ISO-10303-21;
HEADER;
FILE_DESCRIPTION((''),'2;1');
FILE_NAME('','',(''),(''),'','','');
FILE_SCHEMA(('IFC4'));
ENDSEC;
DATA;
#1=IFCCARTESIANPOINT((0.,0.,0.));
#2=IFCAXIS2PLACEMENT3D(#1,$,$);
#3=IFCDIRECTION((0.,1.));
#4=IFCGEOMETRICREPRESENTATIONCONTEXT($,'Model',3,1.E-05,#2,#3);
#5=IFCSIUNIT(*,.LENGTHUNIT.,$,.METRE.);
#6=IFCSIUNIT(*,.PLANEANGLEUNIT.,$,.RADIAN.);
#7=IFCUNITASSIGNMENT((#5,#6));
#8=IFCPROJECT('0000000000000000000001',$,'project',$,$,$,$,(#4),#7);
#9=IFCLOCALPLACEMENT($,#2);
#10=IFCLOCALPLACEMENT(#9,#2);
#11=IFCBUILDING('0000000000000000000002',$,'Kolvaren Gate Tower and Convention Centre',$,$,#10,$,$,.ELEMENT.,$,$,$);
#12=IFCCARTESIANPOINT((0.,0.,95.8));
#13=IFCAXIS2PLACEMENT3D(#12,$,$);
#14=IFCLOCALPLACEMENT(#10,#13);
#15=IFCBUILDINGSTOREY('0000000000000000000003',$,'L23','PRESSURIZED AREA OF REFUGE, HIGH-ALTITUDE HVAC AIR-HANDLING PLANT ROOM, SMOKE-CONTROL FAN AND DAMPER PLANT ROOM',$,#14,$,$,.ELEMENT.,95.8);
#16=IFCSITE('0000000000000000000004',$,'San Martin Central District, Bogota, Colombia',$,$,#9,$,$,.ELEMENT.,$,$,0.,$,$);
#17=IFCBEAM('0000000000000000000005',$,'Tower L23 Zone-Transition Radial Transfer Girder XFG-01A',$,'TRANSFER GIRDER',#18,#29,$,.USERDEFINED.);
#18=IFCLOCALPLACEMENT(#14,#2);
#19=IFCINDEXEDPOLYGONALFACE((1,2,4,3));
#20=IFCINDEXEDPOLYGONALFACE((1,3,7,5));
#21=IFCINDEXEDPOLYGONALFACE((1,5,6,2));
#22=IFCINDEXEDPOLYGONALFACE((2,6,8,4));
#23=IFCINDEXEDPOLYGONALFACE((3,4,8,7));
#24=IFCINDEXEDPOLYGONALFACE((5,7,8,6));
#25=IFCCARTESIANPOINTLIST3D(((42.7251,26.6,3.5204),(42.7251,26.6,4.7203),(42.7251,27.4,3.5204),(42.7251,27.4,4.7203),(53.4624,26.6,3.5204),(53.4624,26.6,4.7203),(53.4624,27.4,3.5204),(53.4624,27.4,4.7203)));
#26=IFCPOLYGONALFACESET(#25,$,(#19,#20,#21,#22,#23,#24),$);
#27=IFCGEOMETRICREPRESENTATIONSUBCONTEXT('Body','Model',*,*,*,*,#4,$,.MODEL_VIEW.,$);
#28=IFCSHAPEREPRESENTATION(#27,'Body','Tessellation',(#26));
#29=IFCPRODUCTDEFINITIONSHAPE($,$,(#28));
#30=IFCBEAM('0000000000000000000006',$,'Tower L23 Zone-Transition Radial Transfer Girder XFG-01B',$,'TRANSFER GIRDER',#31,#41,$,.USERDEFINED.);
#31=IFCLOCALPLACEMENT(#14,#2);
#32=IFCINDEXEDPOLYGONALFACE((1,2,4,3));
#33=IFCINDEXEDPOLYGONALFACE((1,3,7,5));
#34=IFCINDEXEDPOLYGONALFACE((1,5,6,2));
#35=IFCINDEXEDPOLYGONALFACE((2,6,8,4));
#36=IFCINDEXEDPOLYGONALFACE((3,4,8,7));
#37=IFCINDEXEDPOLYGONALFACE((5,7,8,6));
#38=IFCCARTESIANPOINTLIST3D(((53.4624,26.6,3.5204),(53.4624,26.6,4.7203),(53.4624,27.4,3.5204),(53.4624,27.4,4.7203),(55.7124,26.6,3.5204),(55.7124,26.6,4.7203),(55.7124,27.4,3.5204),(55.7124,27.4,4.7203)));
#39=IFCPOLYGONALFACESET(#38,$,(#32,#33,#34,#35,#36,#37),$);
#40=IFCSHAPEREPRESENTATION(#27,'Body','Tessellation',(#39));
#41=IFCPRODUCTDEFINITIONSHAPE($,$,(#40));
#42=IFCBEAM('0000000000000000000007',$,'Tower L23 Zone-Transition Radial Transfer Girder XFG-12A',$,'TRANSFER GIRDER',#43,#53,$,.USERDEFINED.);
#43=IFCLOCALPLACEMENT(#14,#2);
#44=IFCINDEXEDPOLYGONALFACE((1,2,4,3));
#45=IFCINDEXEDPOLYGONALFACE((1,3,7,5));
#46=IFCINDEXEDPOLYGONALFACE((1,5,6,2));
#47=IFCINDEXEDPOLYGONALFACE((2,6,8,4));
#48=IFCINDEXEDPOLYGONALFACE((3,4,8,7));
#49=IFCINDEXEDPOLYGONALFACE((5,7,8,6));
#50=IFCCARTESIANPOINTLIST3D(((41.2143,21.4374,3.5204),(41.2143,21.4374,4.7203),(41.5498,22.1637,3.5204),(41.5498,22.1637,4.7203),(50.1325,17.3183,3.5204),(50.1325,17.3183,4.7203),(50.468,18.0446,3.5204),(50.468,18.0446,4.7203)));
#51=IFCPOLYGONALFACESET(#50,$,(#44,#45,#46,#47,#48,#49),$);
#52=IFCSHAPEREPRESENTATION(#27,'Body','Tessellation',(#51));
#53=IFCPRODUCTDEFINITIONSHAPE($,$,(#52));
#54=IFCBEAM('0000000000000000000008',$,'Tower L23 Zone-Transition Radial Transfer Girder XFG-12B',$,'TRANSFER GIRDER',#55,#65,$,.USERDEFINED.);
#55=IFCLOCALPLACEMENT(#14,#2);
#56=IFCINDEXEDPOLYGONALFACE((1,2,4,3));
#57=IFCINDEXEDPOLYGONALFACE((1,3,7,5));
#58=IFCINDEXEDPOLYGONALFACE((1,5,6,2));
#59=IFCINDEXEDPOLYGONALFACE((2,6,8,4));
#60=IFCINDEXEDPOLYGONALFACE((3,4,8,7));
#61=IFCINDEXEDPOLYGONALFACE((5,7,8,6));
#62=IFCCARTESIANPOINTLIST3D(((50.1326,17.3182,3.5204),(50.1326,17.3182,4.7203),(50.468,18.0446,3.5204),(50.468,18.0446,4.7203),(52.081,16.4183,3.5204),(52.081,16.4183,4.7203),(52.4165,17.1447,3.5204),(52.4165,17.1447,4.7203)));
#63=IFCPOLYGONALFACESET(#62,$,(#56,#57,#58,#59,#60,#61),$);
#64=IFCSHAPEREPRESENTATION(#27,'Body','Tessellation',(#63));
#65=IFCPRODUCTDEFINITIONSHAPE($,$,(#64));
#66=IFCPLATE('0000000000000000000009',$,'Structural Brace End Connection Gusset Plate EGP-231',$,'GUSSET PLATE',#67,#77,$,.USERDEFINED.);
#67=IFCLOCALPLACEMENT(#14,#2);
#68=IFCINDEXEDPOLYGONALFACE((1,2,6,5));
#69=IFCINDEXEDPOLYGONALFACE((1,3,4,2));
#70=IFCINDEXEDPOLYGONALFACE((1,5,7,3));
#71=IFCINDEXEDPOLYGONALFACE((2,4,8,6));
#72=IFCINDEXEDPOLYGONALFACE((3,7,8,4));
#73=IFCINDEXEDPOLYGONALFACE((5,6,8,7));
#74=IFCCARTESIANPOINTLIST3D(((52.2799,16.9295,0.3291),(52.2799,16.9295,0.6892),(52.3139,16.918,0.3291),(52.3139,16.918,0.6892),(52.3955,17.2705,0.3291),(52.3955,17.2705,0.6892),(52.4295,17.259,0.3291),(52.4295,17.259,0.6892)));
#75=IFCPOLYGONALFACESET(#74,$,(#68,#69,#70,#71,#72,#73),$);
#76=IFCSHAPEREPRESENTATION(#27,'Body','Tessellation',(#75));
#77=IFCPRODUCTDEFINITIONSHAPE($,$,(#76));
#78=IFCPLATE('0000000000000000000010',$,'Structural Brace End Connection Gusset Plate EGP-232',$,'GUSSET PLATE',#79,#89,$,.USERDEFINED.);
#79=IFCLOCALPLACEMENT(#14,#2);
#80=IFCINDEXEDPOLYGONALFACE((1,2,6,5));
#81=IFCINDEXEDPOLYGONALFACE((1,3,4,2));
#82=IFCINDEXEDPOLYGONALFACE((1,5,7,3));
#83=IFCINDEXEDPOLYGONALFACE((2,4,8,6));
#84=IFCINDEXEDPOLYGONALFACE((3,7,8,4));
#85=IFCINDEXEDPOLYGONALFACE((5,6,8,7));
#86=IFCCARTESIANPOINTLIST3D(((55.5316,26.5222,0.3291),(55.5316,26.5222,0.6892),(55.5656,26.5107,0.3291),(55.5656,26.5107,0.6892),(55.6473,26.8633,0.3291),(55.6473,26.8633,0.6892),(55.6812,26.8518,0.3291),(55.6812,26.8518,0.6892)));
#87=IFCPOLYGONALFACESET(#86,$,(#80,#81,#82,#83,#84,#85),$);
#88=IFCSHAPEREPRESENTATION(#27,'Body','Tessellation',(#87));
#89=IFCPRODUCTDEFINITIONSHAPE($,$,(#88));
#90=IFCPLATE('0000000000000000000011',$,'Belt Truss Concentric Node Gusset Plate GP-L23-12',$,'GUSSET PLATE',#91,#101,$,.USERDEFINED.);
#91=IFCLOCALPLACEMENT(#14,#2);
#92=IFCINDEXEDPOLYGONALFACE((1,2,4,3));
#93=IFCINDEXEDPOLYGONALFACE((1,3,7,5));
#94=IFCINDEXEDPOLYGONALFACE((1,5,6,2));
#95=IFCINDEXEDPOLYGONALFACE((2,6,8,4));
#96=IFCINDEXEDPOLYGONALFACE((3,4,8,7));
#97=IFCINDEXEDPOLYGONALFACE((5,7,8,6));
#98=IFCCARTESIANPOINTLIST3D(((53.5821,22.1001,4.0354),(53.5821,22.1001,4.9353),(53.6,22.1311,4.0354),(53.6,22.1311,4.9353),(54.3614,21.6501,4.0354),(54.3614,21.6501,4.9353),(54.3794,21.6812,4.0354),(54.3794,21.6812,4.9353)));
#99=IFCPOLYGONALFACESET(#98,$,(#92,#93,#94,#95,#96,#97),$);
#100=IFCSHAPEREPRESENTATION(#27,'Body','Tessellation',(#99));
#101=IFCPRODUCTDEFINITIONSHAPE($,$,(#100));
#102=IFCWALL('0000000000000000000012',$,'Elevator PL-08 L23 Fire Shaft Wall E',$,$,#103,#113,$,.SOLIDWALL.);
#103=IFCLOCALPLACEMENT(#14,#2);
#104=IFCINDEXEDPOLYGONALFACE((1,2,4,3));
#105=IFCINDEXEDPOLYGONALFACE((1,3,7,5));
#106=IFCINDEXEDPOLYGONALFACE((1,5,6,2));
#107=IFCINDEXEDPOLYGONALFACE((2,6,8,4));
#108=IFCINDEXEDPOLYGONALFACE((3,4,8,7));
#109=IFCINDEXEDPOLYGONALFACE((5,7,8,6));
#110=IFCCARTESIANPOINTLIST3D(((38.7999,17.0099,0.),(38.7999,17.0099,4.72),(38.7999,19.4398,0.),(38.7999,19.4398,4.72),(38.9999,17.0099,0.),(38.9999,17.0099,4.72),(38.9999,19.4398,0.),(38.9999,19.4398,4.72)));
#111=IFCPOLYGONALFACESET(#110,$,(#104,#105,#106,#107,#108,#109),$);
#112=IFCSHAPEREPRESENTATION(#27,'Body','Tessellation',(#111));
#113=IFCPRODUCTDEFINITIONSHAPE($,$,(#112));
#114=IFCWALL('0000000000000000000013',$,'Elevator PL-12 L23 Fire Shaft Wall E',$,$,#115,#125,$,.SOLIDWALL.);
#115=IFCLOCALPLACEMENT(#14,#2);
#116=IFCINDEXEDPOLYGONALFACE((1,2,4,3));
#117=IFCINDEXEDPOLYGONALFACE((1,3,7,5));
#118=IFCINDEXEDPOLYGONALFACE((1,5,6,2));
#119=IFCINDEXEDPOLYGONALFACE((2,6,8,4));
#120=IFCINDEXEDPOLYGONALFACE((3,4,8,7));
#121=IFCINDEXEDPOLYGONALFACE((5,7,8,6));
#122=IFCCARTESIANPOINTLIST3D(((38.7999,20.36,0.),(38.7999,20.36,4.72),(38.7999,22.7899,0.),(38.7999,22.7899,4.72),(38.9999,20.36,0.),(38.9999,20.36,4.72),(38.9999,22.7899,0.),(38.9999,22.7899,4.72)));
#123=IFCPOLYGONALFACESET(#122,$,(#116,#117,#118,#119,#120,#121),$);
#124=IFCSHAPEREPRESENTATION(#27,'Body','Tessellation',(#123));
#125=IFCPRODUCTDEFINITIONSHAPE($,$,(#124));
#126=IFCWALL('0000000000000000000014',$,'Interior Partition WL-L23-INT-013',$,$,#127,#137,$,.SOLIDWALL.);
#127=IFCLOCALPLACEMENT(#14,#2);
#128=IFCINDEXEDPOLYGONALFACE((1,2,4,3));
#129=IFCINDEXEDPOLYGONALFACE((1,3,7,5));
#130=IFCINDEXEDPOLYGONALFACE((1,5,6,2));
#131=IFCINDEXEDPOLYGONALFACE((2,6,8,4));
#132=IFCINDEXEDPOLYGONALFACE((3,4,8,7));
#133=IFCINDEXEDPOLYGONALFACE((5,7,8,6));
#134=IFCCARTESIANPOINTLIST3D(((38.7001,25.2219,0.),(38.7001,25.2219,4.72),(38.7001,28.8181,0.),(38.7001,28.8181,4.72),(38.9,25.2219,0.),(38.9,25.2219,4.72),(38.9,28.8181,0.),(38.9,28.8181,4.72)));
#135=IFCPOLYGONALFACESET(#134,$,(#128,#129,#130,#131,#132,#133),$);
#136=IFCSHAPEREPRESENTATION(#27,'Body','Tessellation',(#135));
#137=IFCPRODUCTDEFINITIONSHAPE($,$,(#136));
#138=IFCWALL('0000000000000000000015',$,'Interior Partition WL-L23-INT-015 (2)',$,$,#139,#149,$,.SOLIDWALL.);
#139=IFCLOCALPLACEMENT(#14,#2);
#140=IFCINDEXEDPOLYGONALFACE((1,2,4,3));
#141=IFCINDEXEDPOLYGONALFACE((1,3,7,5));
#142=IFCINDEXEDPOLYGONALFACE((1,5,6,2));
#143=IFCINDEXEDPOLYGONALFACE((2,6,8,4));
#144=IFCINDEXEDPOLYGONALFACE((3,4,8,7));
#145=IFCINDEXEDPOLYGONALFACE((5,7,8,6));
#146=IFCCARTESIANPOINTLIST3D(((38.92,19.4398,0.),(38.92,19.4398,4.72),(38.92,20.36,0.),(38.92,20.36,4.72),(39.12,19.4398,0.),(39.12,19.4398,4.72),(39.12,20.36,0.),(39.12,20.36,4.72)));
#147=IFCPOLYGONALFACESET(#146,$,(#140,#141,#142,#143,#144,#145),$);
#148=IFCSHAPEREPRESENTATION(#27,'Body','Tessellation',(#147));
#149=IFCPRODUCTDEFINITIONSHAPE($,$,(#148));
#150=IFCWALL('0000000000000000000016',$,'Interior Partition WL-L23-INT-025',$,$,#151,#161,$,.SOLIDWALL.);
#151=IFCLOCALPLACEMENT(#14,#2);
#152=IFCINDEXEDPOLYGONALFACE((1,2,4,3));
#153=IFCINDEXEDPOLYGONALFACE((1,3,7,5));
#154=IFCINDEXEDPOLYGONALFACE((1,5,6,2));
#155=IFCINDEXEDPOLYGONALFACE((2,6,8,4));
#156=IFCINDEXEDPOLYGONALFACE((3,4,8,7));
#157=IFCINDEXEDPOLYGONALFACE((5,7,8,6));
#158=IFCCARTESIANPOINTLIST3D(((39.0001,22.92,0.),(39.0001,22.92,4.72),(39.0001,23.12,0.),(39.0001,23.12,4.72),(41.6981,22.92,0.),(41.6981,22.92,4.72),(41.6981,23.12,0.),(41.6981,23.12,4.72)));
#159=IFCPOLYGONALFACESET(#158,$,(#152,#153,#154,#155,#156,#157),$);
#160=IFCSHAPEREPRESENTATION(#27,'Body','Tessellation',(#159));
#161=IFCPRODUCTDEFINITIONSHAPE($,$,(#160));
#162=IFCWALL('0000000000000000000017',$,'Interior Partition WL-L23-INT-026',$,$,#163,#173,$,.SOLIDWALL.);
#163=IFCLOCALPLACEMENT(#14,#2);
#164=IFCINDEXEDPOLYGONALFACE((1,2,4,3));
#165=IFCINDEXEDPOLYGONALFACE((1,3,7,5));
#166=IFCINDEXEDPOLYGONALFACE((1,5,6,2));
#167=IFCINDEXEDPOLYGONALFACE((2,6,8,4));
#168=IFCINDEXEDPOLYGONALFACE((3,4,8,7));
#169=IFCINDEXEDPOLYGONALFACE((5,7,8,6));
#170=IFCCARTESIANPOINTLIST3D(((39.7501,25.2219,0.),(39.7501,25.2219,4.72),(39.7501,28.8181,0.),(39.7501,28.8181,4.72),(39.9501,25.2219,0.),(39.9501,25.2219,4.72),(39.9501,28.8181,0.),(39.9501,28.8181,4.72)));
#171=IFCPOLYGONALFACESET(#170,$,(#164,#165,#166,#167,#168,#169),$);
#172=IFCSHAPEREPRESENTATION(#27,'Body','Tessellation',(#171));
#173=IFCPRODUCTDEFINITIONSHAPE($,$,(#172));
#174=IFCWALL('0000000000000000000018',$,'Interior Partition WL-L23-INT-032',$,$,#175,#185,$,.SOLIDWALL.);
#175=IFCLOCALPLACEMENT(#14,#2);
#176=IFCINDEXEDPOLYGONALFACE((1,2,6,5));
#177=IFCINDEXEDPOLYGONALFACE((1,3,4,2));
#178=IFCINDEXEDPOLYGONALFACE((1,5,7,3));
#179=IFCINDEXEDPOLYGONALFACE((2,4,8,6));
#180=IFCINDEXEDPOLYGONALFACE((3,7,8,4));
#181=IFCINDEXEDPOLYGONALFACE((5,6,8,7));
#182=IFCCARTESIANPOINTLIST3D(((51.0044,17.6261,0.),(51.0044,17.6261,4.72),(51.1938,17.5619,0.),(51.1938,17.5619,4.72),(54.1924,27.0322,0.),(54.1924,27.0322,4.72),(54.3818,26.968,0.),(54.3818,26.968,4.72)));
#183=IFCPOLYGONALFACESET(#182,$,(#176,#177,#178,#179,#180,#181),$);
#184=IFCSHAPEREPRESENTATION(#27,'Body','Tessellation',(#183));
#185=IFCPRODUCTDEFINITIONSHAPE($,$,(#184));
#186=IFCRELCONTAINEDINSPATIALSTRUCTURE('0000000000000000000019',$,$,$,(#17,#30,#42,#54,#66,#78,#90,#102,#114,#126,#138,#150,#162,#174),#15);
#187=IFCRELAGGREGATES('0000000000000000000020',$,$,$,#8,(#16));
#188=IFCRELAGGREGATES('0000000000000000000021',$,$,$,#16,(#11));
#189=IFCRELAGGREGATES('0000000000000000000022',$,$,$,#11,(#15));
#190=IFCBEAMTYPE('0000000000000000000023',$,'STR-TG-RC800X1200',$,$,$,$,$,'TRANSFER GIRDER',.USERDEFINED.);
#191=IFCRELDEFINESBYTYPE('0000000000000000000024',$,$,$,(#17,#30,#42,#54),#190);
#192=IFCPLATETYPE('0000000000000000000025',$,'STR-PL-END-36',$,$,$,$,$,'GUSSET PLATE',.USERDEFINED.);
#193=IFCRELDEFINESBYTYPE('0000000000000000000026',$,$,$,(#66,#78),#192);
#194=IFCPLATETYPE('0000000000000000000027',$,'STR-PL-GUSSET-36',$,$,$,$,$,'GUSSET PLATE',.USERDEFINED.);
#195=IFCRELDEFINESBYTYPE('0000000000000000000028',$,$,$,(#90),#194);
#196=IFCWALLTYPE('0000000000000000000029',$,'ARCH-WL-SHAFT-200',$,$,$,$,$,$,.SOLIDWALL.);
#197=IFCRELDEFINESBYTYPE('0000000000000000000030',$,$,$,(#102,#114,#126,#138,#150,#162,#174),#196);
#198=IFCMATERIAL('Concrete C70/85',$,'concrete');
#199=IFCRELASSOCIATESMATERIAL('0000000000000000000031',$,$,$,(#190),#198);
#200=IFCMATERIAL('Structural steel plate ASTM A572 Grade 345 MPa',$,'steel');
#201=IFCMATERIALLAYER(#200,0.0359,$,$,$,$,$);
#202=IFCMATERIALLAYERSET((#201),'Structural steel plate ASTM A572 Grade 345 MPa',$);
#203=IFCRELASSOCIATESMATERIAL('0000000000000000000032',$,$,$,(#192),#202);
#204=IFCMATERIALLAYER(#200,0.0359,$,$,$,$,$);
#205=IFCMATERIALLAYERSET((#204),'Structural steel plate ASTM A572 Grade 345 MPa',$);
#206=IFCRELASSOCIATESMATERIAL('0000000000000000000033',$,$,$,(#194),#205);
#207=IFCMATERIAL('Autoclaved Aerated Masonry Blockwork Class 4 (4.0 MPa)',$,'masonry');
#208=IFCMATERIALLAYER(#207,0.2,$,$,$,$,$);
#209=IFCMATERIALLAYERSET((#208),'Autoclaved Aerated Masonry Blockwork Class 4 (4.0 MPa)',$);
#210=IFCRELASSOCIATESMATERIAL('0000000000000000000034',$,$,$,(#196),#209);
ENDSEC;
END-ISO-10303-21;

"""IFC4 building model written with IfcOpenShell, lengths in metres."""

from ifc_helpers import new_model, si_unit, direction, frame, frame_2d, origin, origin_2d, place, context, subcontext, project, spatial, rectangle, extrude, material, layer, layer_set, material_profile, profile_set, type_object, element, save


model = new_model("IFC4")

# Units and contexts
model_context = context("Model", 3, precision=1e-05, world=origin(), true_north=direction((0.0, 1.0)))
body_context = subcontext(model_context, "Body", "Model", "MODEL_VIEW")
ifc_project = project(units=[si_unit("LENGTHUNIT", "METRE"), si_unit("PLANEANGLEUNIT", "RADIAN")], contexts=[model_context])

# Site, building, storey
site_placement = place(None, origin())
site = spatial("IfcSite", under=ifc_project, at=site_placement, Name="San Martin Central District, Bogota, Colombia", CompositionType="ELEMENT", RefElevation=0.0)
building_placement = place(site_placement, origin())
building = spatial("IfcBuilding", under=site, at=building_placement, Name="Kolvaren Gate Tower and Convention Centre", CompositionType="ELEMENT")
storey_placement = place(building_placement, frame((0.0, 0.0, 95.8)))
storey = spatial("IfcBuildingStorey", under=building, at=storey_placement, Name="L23", Description="PRESSURIZED AREA OF REFUGE, HIGH-ALTITUDE HVAC AIR-HANDLING PLANT ROOM, SMOKE-CONTROL FAN AND DAMPER PLANT ROOM", CompositionType="ELEMENT", Elevation=95.8)

# Shared definitions
ifc_material_1 = material(Name="Concrete C70/85", Category="concrete")

# Beams
ifc_material_profile_1 = material_profile(ifc_material_1, rectangle(XDim=0.8, YDim=1.2, at=origin_2d()), Name="RC-BM-800X1200")
ifc_profile_set_1 = profile_set([ifc_material_profile_1], Name="Concrete C70/85")
beam_type_1 = type_object("IfcBeamType", Name="STR-TG-RC800X1200", ElementType="TRANSFER GIRDER", PredefinedType="USERDEFINED", material=ifc_profile_set_1)
beam_1_placement = place(storey_placement, frame((42.7251, 27.0, 4.1204), z_axis=(1.0, 0.0, 0.0), x_axis=(0.0, 1.0, 0.0)))
element("IfcBeam", 1, at=beam_1_placement, inside=storey, type_object=beam_type_1, Name="Tower L23 Zone-Transition Radial Transfer Girder XFG-01A", ObjectType="TRANSFER GIRDER", PredefinedType="USERDEFINED", context=body_context, shape_type="SweptSolid", body=[
    extrude(rectangle(XDim=0.8, YDim=1.2, at=origin_2d()), origin(), (0.0, 0.0, 1.0), 10.7373),
])
beam_2_placement = place(storey_placement, frame((53.4624, 27.0, 4.1204), z_axis=(1.0, 0.0, 0.0), x_axis=(0.0, 1.0, 0.0)))
element("IfcBeam", 2, at=beam_2_placement, inside=storey, type_object=beam_type_1, Name="Tower L23 Zone-Transition Radial Transfer Girder XFG-01B", ObjectType="TRANSFER GIRDER", PredefinedType="USERDEFINED", context=body_context, shape_type="SweptSolid", body=[
    extrude(rectangle(XDim=0.8, YDim=1.2, at=origin_2d()), origin(), (0.0, 0.0, 1.0), 2.25),
])
beam_3_placement = place(storey_placement, frame((41.3821, 21.8005, 4.1204), z_axis=(0.907842, -0.419313, 0.0), x_axis=(0.419313, 0.907842, 0.0)))
element("IfcBeam", 3, at=beam_3_placement, inside=storey, type_object=beam_type_1, Name="Tower L23 Zone-Transition Radial Transfer Girder XFG-12A", ObjectType="TRANSFER GIRDER", PredefinedType="USERDEFINED", context=body_context, shape_type="SweptSolid", body=[
    extrude(rectangle(XDim=0.8, YDim=1.2, at=origin_2d()), origin(), (0.0, 0.0, 1.0), 9.8235),
])
beam_4_placement = place(storey_placement, frame((50.3003, 17.6814, 4.1204), z_axis=(0.907853, -0.419289, 0.0), x_axis=(0.419289, 0.907853, 0.0)))
element("IfcBeam", 4, at=beam_4_placement, inside=storey, type_object=beam_type_1, Name="Tower L23 Zone-Transition Radial Transfer Girder XFG-12B", ObjectType="TRANSFER GIRDER", PredefinedType="USERDEFINED", context=body_context, shape_type="SweptSolid", body=[
    extrude(rectangle(XDim=0.8, YDim=1.2, at=origin_2d()), origin(), (0.0, 0.0, 1.0), 2.1462),
])

# Plates
ifc_material_2 = material(Name="Structural steel plate ASTM A572 Grade 345 MPa", Category="steel")
ifc_layer_1 = layer(ifc_material_2, 0.0359)
ifc_layer_set_1 = layer_set([ifc_layer_1], Name="Structural steel plate ASTM A572 Grade 345 MPa")
plate_type_1 = type_object("IfcPlateType", Name="STR-PL-END-36", ElementType="GUSSET PLATE", PredefinedType="USERDEFINED", material=ifc_layer_set_1)
for number, where, z_axis, x_axis, name in (
    (5, (52.3547, 17.0942, 0.3291), (0.0, 0.0, 1.0), (0.321011, 0.947075, 0.0), "Structural Brace End Connection Gusset Plate EGP-231"),
    (6, (55.6064, 26.687, 0.3291), (0.0, 0.0, 1.0), (-0.321028, -0.94707, 0.0), "Structural Brace End Connection Gusset Plate EGP-232"),
):
    element("IfcPlate", number, at=place(storey_placement, frame(where, z_axis=z_axis, x_axis=x_axis)), inside=storey, type_object=plate_type_1, Name=name, ObjectType="GUSSET PLATE", PredefinedType="USERDEFINED", context=body_context, shape_type="SweptSolid", body=[
        extrude(rectangle(XDim=0.3601, YDim=0.0359, at=origin_2d()), origin(), (0.0, 0.0, 1.0), 0.3601),
    ])
ifc_layer_2 = layer(ifc_material_2, 0.0359)
ifc_layer_set_2 = layer_set([ifc_layer_2], Name="Structural steel plate ASTM A572 Grade 345 MPa")
plate_type_2 = type_object("IfcPlateType", Name="STR-PL-GUSSET-36", ElementType="GUSSET PLATE", PredefinedType="USERDEFINED", material=ifc_layer_set_2)
plate_placement = place(storey_placement, frame((53.9807, 21.8906, 4.0354), z_axis=(0.0, 0.0, 1.0), x_axis=(0.866025, -0.5, 0.0)))
element("IfcPlate", 7, at=plate_placement, inside=storey, type_object=plate_type_2, Name="Belt Truss Concentric Node Gusset Plate GP-L23-12", ObjectType="GUSSET PLATE", PredefinedType="USERDEFINED", context=body_context, shape_type="SweptSolid", body=[
    extrude(rectangle(XDim=0.8999, YDim=0.0359, at=origin_2d()), origin(), (0.0, 0.0, 1.0), 0.8999),
])

# Walls
ifc_material_3 = material(Name="Autoclaved Aerated Masonry Blockwork Class 4 (4.0 MPa)", Category="masonry")
ifc_layer_3 = layer(ifc_material_3, 0.2)
ifc_layer_set_3 = layer_set([ifc_layer_3], Name="Autoclaved Aerated Masonry Blockwork Class 4 (4.0 MPa)")
wall_type_1 = type_object("IfcWallType", Name="ARCH-WL-SHAFT-200", PredefinedType="SOLIDWALL", material=ifc_layer_set_3)
for number, where, z_axis, x_axis, name in (
    (8, (38.8999, 17.01, 0.0), (0.0, 0.0, 1.0), (0.0, 1.0, 0.0), "Elevator PL-08 L23 Fire Shaft Wall E"),
    (9, (38.8999, 20.3601, 0.0), (0.0, 0.0, 1.0), (0.0, 1.0, 0.0), "Elevator PL-12 L23 Fire Shaft Wall E"),
):
    element("IfcWall", number, at=place(storey_placement, frame(where, z_axis=z_axis, x_axis=x_axis)), inside=storey, type_object=wall_type_1, Name=name, PredefinedType="SOLIDWALL", context=body_context, shape_type="SweptSolid", body=[
        extrude(rectangle(XDim=2.4299, YDim=0.2, at=frame_2d((1.2148, 0.0))), origin(), (0.0, 0.0, 1.0), 4.72),
    ])
wall_1_placement = place(storey_placement, frame((38.8, 25.2219, 0.0), z_axis=(0.0, 0.0, 1.0), x_axis=(0.0, 1.0, 0.0)))
element("IfcWall", 10, at=wall_1_placement, inside=storey, type_object=wall_type_1, Name="Interior Partition WL-L23-INT-013", PredefinedType="SOLIDWALL", context=body_context, shape_type="SweptSolid", body=[
    extrude(rectangle(XDim=3.5962, YDim=0.2, at=frame_2d((1.7981, 0.0))), origin(), (0.0, 0.0, 1.0), 4.72),
])
wall_2_placement = place(storey_placement, frame((39.02, 19.4399, 0.0), z_axis=(0.0, 0.0, 1.0), x_axis=(0.0, 1.0, 0.0)))
element("IfcWall", 11, at=wall_2_placement, inside=storey, type_object=wall_type_1, Name="Interior Partition WL-L23-INT-015 (2)", PredefinedType="SOLIDWALL", context=body_context, shape_type="SweptSolid", body=[
    extrude(rectangle(XDim=0.9202, YDim=0.2, at=frame_2d((0.46, 0.0))), origin(), (0.0, 0.0, 1.0), 4.72),
])
wall_3_placement = place(storey_placement, frame((39.0, 23.02, 0.0), z_axis=(0.0, 0.0, 1.0), x_axis=(1.0, 0.0, 0.0)))
element("IfcWall", 12, at=wall_3_placement, inside=storey, type_object=wall_type_1, Name="Interior Partition WL-L23-INT-025", PredefinedType="SOLIDWALL", context=body_context, shape_type="SweptSolid", body=[
    extrude(rectangle(XDim=2.698, YDim=0.2, at=frame_2d((1.3491, 0.0))), origin(), (0.0, 0.0, 1.0), 4.72),
])
wall_4_placement = place(storey_placement, frame((39.8501, 25.2219, 0.0), z_axis=(0.0, 0.0, 1.0), x_axis=(0.0, 1.0, 0.0)))
element("IfcWall", 13, at=wall_4_placement, inside=storey, type_object=wall_type_1, Name="Interior Partition WL-L23-INT-026", PredefinedType="SOLIDWALL", context=body_context, shape_type="SweptSolid", body=[
    extrude(rectangle(XDim=3.5962, YDim=0.2, at=frame_2d((1.7981, 0.0))), origin(), (0.0, 0.0, 1.0), 4.72),
])
wall_5_placement = place(storey_placement, frame((51.0991, 17.594, 0.0), z_axis=(0.0, 0.0, 1.0), x_axis=(0.320995, 0.947081, 0.0)))
element("IfcWall", 14, at=wall_5_placement, inside=storey, type_object=wall_type_1, Name="Interior Partition WL-L23-INT-032", PredefinedType="SOLIDWALL", context=body_context, shape_type="SweptSolid", body=[
    extrude(rectangle(XDim=9.9316, YDim=0.2, at=frame_2d((4.9658, 0.0))), origin(), (0.0, 0.0, 1.0), 4.72),
])

save(model, "model.ifc")
